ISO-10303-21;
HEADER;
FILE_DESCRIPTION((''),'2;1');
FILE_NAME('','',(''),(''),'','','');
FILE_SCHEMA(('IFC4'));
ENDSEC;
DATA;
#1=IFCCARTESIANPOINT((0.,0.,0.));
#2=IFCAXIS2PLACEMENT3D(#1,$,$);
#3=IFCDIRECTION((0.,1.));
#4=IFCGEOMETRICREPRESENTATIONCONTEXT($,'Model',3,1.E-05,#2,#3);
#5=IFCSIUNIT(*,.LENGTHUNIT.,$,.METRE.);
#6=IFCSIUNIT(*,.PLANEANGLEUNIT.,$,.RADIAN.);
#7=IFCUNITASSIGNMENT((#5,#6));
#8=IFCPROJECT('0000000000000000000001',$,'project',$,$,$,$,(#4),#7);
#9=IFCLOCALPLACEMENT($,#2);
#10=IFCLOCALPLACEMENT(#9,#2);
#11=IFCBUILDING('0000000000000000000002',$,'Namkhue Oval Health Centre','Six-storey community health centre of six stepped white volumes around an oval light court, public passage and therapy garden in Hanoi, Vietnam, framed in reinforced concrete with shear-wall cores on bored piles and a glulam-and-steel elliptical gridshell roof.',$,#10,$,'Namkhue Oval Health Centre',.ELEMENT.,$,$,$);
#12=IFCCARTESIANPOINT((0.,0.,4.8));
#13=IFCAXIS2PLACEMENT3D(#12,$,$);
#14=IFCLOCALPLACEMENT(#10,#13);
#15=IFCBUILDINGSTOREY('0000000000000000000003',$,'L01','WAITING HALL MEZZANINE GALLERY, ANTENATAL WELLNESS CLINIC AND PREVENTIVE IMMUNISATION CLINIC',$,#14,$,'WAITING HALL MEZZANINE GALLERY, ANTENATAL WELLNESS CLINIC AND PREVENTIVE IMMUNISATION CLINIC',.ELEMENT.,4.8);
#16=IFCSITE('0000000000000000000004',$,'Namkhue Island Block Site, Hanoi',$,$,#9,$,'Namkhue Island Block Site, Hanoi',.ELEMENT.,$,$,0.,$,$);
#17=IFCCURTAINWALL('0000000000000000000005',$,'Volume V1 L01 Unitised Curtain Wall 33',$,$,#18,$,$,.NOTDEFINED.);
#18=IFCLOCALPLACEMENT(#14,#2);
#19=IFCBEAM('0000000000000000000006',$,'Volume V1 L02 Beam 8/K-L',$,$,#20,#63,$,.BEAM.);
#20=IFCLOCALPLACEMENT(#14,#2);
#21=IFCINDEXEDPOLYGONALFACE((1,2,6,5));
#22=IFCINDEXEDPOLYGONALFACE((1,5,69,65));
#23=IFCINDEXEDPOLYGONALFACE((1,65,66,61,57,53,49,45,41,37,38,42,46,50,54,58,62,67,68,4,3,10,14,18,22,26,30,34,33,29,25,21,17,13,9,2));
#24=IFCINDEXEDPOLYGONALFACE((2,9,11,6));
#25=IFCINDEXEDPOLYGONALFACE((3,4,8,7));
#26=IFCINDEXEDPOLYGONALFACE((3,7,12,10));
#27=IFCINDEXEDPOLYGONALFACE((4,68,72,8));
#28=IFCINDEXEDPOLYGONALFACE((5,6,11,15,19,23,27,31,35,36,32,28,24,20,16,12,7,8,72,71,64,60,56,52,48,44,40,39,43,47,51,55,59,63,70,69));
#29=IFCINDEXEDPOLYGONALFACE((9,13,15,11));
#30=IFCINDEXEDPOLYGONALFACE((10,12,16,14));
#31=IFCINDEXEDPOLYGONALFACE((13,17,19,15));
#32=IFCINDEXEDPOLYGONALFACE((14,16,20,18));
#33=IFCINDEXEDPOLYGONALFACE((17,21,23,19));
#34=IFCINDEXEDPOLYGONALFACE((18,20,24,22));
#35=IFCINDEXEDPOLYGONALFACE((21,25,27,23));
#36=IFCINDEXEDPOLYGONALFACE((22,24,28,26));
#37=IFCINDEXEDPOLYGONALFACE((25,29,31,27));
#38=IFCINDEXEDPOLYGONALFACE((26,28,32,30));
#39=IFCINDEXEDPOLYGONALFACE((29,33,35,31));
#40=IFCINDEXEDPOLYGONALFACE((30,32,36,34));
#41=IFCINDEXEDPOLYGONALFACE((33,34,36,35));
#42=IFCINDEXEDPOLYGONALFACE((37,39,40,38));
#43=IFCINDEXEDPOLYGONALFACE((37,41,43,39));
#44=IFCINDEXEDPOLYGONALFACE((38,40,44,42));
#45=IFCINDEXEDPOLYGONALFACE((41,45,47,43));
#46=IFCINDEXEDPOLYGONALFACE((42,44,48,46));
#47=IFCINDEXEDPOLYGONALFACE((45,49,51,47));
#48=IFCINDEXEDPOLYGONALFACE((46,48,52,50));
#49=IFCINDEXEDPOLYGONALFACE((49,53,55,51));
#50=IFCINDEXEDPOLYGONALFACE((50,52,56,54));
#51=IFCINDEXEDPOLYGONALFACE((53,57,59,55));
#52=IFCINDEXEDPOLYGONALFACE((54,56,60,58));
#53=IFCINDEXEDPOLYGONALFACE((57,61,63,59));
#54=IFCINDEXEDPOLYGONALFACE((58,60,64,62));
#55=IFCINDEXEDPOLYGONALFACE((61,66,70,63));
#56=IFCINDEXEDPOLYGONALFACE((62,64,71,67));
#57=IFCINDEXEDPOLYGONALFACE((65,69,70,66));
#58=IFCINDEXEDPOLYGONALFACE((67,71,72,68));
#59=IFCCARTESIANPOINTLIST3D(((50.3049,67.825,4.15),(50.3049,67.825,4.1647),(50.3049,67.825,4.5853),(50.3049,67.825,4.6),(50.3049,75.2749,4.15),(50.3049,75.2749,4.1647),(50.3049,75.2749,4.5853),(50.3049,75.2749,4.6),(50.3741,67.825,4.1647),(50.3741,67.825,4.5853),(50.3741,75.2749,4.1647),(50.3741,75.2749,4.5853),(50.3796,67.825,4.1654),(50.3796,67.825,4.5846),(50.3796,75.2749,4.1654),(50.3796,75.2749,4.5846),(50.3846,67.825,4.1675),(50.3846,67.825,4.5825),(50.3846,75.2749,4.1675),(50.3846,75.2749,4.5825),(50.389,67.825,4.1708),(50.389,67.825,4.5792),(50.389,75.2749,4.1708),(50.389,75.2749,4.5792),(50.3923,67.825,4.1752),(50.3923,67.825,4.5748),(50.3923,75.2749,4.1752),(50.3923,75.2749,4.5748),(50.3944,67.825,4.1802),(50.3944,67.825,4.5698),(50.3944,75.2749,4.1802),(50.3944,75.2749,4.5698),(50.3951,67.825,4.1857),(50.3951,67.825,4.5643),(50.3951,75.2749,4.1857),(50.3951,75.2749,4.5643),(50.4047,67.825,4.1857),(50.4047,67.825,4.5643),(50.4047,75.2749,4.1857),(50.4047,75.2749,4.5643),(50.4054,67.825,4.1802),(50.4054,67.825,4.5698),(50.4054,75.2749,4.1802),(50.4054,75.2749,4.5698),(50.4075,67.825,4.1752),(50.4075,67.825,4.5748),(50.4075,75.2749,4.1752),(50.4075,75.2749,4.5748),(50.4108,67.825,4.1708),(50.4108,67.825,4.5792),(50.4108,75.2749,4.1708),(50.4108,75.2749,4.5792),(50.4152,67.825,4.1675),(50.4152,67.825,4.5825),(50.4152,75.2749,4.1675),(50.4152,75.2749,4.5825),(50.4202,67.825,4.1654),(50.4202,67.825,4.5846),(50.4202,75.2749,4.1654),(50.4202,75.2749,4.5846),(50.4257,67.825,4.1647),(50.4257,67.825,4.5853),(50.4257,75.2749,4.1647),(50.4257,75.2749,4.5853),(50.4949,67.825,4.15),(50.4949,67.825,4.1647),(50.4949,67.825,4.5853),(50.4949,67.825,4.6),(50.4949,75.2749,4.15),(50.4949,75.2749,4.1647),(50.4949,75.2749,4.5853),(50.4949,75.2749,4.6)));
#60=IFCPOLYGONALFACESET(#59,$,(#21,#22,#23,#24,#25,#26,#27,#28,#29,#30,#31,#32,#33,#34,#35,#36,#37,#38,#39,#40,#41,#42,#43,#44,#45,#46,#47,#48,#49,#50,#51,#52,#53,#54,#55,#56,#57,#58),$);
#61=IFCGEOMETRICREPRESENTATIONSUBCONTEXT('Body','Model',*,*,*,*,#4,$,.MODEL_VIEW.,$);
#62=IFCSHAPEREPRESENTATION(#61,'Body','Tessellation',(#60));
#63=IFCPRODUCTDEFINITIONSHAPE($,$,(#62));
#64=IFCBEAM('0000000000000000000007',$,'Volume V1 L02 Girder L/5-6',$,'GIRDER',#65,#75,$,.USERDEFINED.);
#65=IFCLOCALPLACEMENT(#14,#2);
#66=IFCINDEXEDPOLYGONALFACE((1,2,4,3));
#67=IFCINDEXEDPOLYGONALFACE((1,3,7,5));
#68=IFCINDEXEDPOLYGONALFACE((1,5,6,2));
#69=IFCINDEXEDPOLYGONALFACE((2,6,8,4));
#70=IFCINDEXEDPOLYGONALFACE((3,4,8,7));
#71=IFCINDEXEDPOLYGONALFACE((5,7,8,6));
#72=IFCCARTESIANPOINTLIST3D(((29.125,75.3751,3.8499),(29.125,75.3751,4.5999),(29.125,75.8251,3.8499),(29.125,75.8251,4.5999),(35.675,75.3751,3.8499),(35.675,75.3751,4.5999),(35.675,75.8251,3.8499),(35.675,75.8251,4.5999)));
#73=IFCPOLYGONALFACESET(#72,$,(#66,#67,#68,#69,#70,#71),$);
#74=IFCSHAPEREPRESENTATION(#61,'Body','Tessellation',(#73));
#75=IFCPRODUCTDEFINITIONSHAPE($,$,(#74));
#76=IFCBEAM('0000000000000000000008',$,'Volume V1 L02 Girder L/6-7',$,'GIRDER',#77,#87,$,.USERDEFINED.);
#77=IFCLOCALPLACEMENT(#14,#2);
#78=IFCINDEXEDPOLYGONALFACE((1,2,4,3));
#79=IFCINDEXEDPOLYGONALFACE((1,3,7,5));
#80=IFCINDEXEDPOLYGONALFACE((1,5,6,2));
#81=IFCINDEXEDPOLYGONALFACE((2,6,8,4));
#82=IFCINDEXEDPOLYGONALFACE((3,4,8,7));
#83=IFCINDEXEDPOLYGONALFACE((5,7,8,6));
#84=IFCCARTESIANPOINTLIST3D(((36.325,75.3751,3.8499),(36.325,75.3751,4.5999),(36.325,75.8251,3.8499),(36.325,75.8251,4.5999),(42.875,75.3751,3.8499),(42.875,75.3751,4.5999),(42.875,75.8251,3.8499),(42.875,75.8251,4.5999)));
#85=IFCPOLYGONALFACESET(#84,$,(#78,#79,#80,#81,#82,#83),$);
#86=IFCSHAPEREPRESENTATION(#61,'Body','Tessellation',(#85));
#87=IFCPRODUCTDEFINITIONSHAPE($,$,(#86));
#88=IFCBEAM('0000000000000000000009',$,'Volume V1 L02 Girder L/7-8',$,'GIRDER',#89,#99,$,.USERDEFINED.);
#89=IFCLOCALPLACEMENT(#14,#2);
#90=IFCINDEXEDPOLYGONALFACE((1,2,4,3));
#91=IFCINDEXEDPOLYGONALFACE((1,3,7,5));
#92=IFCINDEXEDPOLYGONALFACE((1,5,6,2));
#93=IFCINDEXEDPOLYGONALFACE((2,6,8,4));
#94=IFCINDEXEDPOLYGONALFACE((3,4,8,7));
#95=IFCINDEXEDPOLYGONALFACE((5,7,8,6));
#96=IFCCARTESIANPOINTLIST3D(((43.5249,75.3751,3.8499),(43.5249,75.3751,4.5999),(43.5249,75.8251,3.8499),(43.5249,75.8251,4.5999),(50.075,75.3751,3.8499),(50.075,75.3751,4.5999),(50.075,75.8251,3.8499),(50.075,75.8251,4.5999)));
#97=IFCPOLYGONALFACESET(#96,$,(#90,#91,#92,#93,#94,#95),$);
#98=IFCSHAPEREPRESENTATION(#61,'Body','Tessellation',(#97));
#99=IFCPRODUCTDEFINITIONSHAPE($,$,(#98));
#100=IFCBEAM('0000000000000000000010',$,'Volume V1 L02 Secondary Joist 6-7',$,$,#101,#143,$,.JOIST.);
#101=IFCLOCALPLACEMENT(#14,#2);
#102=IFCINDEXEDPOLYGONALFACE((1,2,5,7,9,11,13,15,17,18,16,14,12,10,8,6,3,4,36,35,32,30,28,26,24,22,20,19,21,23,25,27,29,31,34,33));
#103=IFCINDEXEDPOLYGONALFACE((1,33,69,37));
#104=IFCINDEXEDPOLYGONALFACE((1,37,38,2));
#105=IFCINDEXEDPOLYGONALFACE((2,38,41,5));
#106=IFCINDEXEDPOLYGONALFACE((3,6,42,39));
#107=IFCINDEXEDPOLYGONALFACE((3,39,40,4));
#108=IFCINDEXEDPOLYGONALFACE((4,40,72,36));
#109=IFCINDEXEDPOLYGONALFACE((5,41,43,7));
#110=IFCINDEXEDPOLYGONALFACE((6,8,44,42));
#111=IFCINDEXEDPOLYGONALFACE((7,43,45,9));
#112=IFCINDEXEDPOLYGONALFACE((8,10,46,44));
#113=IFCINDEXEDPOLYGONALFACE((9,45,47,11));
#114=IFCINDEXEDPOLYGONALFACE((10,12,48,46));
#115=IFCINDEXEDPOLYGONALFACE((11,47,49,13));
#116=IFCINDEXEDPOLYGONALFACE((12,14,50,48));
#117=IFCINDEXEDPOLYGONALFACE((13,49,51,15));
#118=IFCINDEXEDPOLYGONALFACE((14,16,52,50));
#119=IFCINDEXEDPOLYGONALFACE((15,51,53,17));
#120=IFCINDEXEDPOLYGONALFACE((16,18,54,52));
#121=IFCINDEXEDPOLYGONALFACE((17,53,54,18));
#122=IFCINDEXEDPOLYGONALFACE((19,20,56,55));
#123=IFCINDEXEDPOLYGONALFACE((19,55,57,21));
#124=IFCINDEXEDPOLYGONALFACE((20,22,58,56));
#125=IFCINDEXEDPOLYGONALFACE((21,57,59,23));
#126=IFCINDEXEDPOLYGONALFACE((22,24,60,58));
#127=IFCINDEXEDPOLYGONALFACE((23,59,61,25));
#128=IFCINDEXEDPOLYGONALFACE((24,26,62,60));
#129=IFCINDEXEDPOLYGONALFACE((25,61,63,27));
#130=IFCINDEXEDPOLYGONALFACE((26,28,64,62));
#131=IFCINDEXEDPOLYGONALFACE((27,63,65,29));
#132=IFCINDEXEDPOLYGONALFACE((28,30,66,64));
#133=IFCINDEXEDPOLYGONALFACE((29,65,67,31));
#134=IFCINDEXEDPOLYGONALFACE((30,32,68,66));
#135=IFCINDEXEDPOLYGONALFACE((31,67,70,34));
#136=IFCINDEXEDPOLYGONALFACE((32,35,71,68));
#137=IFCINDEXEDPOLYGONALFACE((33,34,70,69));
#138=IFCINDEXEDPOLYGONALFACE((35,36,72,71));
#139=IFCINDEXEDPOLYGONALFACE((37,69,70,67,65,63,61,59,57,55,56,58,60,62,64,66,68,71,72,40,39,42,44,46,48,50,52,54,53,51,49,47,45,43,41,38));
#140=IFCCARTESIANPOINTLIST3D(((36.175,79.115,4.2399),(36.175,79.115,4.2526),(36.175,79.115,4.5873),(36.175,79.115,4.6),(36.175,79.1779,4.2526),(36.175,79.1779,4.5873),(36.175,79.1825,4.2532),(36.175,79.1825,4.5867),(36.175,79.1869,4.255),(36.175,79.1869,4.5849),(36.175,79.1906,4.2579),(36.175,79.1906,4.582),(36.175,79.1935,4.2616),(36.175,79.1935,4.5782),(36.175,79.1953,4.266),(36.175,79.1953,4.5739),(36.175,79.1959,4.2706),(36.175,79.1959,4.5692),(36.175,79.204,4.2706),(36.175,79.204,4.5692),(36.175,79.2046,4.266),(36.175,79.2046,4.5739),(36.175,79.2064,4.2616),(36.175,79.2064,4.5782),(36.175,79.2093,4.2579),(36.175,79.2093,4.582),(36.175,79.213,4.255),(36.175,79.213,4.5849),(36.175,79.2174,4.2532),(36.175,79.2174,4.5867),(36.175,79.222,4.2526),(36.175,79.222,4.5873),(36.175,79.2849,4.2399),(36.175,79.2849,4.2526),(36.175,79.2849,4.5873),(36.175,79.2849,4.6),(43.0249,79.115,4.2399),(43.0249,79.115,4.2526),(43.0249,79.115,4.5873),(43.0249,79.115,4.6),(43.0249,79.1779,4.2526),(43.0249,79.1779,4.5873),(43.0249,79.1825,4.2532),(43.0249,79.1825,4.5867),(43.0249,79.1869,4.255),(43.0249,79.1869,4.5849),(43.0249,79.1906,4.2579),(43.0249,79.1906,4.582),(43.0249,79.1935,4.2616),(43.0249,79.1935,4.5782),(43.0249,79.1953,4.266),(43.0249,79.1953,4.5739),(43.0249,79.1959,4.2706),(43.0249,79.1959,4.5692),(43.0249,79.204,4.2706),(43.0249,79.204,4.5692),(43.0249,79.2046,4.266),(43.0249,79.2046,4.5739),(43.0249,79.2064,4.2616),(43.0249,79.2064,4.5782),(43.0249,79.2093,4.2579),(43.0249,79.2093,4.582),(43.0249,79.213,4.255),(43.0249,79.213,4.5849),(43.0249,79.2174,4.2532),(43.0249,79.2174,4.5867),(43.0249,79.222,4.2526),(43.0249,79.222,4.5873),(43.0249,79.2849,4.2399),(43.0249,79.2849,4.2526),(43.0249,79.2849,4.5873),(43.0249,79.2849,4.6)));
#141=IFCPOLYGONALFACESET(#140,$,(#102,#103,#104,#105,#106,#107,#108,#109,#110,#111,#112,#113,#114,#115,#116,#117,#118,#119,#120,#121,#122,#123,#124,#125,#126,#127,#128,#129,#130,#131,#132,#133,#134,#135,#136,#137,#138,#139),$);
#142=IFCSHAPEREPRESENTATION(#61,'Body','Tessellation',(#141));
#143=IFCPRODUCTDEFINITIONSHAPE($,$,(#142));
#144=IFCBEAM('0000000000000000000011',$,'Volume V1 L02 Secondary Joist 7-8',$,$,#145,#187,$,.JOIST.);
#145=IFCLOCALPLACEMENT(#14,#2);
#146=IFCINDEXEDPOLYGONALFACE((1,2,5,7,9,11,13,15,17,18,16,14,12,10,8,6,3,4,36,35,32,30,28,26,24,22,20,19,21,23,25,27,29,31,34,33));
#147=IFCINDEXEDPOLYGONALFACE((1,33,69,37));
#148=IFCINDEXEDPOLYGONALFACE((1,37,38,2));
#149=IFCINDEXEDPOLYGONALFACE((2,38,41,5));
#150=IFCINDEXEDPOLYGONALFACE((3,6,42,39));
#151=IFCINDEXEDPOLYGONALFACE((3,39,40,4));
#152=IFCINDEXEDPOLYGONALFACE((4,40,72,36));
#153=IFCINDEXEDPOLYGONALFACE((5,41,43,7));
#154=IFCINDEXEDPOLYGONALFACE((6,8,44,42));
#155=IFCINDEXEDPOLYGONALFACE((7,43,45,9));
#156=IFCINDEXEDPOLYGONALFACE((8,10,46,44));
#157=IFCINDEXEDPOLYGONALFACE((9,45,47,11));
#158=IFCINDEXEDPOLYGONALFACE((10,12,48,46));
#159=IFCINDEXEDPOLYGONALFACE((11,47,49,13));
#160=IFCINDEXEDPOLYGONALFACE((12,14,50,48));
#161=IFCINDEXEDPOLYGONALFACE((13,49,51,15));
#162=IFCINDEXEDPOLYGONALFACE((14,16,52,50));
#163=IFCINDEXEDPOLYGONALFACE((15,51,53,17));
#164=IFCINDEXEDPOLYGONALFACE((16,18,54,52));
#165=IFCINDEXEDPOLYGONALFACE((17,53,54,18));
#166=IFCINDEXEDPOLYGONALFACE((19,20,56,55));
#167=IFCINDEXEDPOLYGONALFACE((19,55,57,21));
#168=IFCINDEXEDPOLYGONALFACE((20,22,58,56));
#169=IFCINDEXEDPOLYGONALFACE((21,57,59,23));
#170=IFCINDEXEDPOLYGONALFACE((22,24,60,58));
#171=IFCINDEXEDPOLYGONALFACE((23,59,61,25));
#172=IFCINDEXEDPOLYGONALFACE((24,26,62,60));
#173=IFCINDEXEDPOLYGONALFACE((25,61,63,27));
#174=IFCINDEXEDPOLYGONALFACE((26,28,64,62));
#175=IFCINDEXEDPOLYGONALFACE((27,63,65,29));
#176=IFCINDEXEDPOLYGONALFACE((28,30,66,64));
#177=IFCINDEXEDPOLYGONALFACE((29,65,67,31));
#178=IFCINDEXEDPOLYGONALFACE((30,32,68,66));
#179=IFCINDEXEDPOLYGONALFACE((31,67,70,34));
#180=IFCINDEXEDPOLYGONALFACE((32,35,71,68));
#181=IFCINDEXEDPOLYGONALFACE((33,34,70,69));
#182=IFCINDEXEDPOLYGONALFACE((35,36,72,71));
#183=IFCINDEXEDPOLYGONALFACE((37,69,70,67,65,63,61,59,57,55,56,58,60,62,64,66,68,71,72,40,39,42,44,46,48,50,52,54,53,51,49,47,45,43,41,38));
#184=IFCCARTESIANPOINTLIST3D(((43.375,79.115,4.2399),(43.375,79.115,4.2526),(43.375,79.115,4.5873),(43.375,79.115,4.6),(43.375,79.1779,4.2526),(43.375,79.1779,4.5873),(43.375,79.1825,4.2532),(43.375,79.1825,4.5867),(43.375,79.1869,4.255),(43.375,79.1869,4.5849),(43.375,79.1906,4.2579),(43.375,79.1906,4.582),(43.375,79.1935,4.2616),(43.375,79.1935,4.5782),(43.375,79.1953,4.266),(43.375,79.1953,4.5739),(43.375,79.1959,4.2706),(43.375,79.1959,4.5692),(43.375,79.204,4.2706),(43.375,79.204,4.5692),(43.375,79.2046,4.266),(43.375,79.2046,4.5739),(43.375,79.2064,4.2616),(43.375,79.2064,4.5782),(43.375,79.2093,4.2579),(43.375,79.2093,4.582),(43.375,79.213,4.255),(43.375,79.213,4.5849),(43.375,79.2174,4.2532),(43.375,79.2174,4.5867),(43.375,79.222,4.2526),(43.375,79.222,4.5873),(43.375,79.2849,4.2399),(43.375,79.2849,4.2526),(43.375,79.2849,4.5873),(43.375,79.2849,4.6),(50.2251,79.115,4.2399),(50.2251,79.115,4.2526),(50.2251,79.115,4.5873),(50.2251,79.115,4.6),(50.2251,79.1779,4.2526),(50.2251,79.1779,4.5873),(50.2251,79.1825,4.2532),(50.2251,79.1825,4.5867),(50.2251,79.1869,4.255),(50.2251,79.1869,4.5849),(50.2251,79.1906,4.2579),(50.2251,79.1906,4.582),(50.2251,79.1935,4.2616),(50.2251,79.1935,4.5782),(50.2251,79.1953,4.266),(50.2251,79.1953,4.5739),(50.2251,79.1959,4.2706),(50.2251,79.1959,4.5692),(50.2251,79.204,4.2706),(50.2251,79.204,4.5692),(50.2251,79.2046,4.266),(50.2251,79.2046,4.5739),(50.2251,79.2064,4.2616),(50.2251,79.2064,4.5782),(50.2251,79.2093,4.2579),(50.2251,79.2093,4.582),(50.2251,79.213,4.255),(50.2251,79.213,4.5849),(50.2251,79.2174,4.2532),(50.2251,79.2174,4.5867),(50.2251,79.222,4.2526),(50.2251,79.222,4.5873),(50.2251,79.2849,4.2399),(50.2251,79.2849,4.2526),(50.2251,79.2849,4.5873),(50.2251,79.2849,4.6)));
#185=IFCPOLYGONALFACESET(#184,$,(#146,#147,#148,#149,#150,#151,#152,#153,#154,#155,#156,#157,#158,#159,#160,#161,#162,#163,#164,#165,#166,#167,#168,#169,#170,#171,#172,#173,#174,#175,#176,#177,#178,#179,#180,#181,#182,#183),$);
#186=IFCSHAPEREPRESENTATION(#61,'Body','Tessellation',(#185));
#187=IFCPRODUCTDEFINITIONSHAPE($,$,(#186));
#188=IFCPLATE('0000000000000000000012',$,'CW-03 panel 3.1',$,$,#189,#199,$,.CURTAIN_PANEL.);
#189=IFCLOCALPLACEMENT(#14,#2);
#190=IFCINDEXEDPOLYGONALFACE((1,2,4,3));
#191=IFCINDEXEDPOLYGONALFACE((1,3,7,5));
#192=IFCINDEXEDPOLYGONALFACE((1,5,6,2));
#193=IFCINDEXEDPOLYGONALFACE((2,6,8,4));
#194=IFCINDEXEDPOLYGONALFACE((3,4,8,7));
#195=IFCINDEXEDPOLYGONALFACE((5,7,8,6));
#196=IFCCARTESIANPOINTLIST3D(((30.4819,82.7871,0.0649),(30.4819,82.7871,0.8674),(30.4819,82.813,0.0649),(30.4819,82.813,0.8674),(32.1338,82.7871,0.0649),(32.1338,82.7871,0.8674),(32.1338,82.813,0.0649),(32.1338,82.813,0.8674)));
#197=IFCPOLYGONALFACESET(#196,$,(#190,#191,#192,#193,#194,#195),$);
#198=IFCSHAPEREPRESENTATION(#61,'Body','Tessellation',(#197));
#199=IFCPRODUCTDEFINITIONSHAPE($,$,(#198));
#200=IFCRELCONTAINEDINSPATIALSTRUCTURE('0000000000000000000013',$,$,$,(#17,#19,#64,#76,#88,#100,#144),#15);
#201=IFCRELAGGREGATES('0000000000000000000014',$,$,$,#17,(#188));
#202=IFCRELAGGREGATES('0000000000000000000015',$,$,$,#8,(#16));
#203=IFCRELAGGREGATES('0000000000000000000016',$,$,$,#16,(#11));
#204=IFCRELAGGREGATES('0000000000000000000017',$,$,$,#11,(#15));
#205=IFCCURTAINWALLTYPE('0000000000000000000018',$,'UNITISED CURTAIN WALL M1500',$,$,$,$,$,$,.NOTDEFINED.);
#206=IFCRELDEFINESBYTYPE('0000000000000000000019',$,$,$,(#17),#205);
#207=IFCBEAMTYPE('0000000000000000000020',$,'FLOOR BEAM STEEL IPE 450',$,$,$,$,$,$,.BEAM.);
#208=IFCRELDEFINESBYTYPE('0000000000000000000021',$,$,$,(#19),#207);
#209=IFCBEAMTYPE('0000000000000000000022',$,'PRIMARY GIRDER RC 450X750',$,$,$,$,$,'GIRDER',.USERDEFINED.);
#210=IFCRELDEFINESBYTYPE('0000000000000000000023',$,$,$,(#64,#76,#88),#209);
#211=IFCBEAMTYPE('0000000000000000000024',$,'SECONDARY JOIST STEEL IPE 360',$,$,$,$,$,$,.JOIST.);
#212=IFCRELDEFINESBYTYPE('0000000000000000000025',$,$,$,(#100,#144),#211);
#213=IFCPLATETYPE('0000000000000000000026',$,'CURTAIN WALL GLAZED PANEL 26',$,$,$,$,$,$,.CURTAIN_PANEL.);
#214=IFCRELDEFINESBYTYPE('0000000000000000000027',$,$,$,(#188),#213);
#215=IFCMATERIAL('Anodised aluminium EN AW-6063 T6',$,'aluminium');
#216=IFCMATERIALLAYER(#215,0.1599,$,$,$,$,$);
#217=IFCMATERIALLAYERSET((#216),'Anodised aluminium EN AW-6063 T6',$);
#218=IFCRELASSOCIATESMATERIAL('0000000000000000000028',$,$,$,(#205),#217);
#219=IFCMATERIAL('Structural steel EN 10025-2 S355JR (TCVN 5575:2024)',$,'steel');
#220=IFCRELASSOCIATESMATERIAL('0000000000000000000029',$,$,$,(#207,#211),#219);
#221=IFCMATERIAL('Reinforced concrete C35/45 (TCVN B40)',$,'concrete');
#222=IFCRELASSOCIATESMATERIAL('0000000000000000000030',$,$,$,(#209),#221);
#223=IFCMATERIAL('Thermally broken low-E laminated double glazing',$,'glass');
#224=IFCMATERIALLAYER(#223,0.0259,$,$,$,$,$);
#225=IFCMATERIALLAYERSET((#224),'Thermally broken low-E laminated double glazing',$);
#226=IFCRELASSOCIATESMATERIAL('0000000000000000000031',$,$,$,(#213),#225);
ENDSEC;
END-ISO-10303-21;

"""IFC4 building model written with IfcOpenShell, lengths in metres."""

from ifc_helpers import new_model, si_unit, direction, frame, origin, origin_2d, place, context, subcontext, project, spatial, rectangle, i_section, extrude, material, layer, layer_set, material_profile, profile_set, type_object, element, aggregate, save


model = new_model("IFC4")

# Units and contexts
model_context = context("Model", 3, precision=1e-05, world=origin(), true_north=direction((0.0, 1.0)))
body_context = subcontext(model_context, "Body", "Model", "MODEL_VIEW")
ifc_project = project(units=[si_unit("LENGTHUNIT", "METRE"), si_unit("PLANEANGLEUNIT", "RADIAN")], contexts=[model_context])

# Site, building, storey
site_placement = place(None, origin())
site = spatial("IfcSite", under=ifc_project, at=site_placement, Name="Namkhue Island Block Site, Hanoi", LongName="Namkhue Island Block Site, Hanoi", CompositionType="ELEMENT", RefElevation=0.0)
building_placement = place(site_placement, origin())
building = spatial("IfcBuilding", under=site, at=building_placement, Name="Namkhue Oval Health Centre", Description="Six-storey community health centre of six stepped white volumes around an oval light court, public passage and therapy garden in Hanoi, Vietnam, framed in reinforced concrete with shear-wall cores on bored piles and a glulam-and-steel elliptical gridshell roof.", LongName="Namkhue Oval Health Centre", CompositionType="ELEMENT")
storey_placement = place(building_placement, frame((0.0, 0.0, 4.8)))
storey = spatial("IfcBuildingStorey", under=building, at=storey_placement, Name="L01", Description="WAITING HALL MEZZANINE GALLERY, ANTENATAL WELLNESS CLINIC AND PREVENTIVE IMMUNISATION CLINIC", LongName="WAITING HALL MEZZANINE GALLERY, ANTENATAL WELLNESS CLINIC AND PREVENTIVE IMMUNISATION CLINIC", CompositionType="ELEMENT", Elevation=4.8)

# Shared definitions
ifc_material_1 = material(Name="Reinforced concrete C35/45 (TCVN B40)", Category="concrete")

# Curtain wall
ifc_material_2 = material(Name="Anodised aluminium EN AW-6063 T6", Category="aluminium")
ifc_layer_1 = layer(ifc_material_2, 0.1599)
ifc_layer_set_1 = layer_set([ifc_layer_1], Name="Anodised aluminium EN AW-6063 T6")
curtain_wall_type = type_object("IfcCurtainWallType", Name="UNITISED CURTAIN WALL M1500", PredefinedType="NOTDEFINED", material=ifc_layer_set_1)
curtain_wall_placement = place(storey_placement, origin())
curtain_wall = element("IfcCurtainWall", 1, at=curtain_wall_placement, inside=storey, type_object=curtain_wall_type, Name="Volume V1 L01 Unitised Curtain Wall 33", PredefinedType="NOTDEFINED")

# Beams
ifc_material_3 = material(Name="Structural steel EN 10025-2 S355JR (TCVN 5575:2024)", Category="steel")
ifc_material_profile_1 = material_profile(ifc_material_3, i_section(OverallWidth=0.1899, OverallDepth=0.45, WebThickness=0.0095, FlangeThickness=0.0146, FilletRadius=0.021, at=origin_2d()), Name="IPE 450")
ifc_profile_set_1 = profile_set([ifc_material_profile_1], Name="Structural steel EN 10025-2 S355JR (TCVN 5575:2024)")
beam_type_1 = type_object("IfcBeamType", Name="FLOOR BEAM STEEL IPE 450", PredefinedType="BEAM", material=ifc_profile_set_1)
for number, where, z_axis, x_axis, name in (
    (2, (50.3999, 67.825, 4.375), (0.0, 1.0, 0.0), (-1.0, 0.0, 0.0), "Volume V1 L02 Beam 8/K-L"),
):
    element("IfcBeam", number, at=place(storey_placement, frame(where, z_axis=z_axis, x_axis=x_axis)), inside=storey, type_object=beam_type_1, Name=name, PredefinedType="BEAM", context=body_context, shape_type="SweptSolid", body=[
        extrude(i_section(OverallWidth=0.1899, OverallDepth=0.45, WebThickness=0.0095, FlangeThickness=0.0146, FilletRadius=0.021, at=origin_2d()), origin(), (0.0, 0.0, 1.0), 7.45),
    ])
ifc_material_profile_2 = material_profile(ifc_material_1, rectangle(XDim=0.45, YDim=0.75, at=origin_2d()), Name="RC 450x750")
ifc_profile_set_2 = profile_set([ifc_material_profile_2], Name="Reinforced concrete C35/45 (TCVN B40)")
beam_type_2 = type_object("IfcBeamType", Name="PRIMARY GIRDER RC 450X750", ElementType="GIRDER", PredefinedType="USERDEFINED", material=ifc_profile_set_2)
for number, where, z_axis, x_axis, name in (
    (3, (29.125, 75.6001, 4.2249), (1.0, 0.0, 0.0), (0.0, 1.0, 0.0), "Volume V1 L02 Girder L/5-6"),
    (4, (36.325, 75.6001, 4.2249), (1.0, 0.0, 0.0), (0.0, 1.0, 0.0), "Volume V1 L02 Girder L/6-7"),
    (5, (43.5249, 75.6001, 4.2249), (1.0, 0.0, 0.0), (0.0, 1.0, 0.0), "Volume V1 L02 Girder L/7-8"),
):
    element("IfcBeam", number, at=place(storey_placement, frame(where, z_axis=z_axis, x_axis=x_axis)), inside=storey, type_object=beam_type_2, Name=name, ObjectType="GIRDER", PredefinedType="USERDEFINED", context=body_context, shape_type="SweptSolid", body=[
        extrude(rectangle(XDim=0.45, YDim=0.75, at=origin_2d()), origin(), (0.0, 0.0, 1.0), 6.55),
    ])
ifc_material_profile_3 = material_profile(ifc_material_3, i_section(OverallWidth=0.1699, OverallDepth=0.3601, WebThickness=0.0081, FlangeThickness=0.0127, FilletRadius=0.0181, at=origin_2d()), Name="IPE 360")
ifc_profile_set_3 = profile_set([ifc_material_profile_3], Name="Structural steel EN 10025-2 S355JR (TCVN 5575:2024)")
beam_type_3 = type_object("IfcBeamType", Name="SECONDARY JOIST STEEL IPE 360", PredefinedType="JOIST", material=ifc_profile_set_3)
beam_1_placement = place(storey_placement, frame((36.175, 79.2, 4.4199), z_axis=(1.0, 0.0, 0.0), x_axis=(0.0, 1.0, 0.0)))
element("IfcBeam", 6, at=beam_1_placement, inside=storey, type_object=beam_type_3, Name="Volume V1 L02 Secondary Joist 6-7", PredefinedType="JOIST", context=body_context, shape_type="SweptSolid", body=[
    extrude(i_section(OverallWidth=0.1699, OverallDepth=0.3601, WebThickness=0.0081, FlangeThickness=0.0127, FilletRadius=0.0181, at=origin_2d()), origin(), (0.0, 0.0, 1.0), 6.8499),
])
beam_2_placement = place(storey_placement, frame((43.375, 79.2, 4.4199), z_axis=(1.0, 0.0, 0.0), x_axis=(0.0, 1.0, 0.0)))
element("IfcBeam", 7, at=beam_2_placement, inside=storey, type_object=beam_type_3, Name="Volume V1 L02 Secondary Joist 7-8", PredefinedType="JOIST", context=body_context, shape_type="SweptSolid", body=[
    extrude(i_section(OverallWidth=0.1699, OverallDepth=0.3601, WebThickness=0.0081, FlangeThickness=0.0127, FilletRadius=0.0181, at=origin_2d()), origin(), (0.0, 0.0, 1.0), 6.8501),
])

# Plate
ifc_material_4 = material(Name="Thermally broken low-E laminated double glazing", Category="glass")
ifc_layer_2 = layer(ifc_material_4, 0.0259)
ifc_layer_set_2 = layer_set([ifc_layer_2], Name="Thermally broken low-E laminated double glazing")
plate_type = type_object("IfcPlateType", Name="CURTAIN WALL GLAZED PANEL 26", PredefinedType="CURTAIN_PANEL", material=ifc_layer_set_2)
plate_placement = place(storey_placement, frame((31.3079, 82.8, 0.0649), z_axis=(0.0, 0.0, 1.0), x_axis=(-1.0, 0.0, 0.0)))
plate = element("IfcPlate", 8, at=plate_placement, type_object=plate_type, Name="CW-03 panel 3.1", PredefinedType="CURTAIN_PANEL", context=body_context, shape_type="SweptSolid", body=[
    extrude(rectangle(XDim=1.6519, YDim=0.0259, at=origin_2d()), origin(), (0.0, 0.0, 1.0), 0.8025),
])
aggregate(curtain_wall, [plate])

save(model, "model.ifc")
